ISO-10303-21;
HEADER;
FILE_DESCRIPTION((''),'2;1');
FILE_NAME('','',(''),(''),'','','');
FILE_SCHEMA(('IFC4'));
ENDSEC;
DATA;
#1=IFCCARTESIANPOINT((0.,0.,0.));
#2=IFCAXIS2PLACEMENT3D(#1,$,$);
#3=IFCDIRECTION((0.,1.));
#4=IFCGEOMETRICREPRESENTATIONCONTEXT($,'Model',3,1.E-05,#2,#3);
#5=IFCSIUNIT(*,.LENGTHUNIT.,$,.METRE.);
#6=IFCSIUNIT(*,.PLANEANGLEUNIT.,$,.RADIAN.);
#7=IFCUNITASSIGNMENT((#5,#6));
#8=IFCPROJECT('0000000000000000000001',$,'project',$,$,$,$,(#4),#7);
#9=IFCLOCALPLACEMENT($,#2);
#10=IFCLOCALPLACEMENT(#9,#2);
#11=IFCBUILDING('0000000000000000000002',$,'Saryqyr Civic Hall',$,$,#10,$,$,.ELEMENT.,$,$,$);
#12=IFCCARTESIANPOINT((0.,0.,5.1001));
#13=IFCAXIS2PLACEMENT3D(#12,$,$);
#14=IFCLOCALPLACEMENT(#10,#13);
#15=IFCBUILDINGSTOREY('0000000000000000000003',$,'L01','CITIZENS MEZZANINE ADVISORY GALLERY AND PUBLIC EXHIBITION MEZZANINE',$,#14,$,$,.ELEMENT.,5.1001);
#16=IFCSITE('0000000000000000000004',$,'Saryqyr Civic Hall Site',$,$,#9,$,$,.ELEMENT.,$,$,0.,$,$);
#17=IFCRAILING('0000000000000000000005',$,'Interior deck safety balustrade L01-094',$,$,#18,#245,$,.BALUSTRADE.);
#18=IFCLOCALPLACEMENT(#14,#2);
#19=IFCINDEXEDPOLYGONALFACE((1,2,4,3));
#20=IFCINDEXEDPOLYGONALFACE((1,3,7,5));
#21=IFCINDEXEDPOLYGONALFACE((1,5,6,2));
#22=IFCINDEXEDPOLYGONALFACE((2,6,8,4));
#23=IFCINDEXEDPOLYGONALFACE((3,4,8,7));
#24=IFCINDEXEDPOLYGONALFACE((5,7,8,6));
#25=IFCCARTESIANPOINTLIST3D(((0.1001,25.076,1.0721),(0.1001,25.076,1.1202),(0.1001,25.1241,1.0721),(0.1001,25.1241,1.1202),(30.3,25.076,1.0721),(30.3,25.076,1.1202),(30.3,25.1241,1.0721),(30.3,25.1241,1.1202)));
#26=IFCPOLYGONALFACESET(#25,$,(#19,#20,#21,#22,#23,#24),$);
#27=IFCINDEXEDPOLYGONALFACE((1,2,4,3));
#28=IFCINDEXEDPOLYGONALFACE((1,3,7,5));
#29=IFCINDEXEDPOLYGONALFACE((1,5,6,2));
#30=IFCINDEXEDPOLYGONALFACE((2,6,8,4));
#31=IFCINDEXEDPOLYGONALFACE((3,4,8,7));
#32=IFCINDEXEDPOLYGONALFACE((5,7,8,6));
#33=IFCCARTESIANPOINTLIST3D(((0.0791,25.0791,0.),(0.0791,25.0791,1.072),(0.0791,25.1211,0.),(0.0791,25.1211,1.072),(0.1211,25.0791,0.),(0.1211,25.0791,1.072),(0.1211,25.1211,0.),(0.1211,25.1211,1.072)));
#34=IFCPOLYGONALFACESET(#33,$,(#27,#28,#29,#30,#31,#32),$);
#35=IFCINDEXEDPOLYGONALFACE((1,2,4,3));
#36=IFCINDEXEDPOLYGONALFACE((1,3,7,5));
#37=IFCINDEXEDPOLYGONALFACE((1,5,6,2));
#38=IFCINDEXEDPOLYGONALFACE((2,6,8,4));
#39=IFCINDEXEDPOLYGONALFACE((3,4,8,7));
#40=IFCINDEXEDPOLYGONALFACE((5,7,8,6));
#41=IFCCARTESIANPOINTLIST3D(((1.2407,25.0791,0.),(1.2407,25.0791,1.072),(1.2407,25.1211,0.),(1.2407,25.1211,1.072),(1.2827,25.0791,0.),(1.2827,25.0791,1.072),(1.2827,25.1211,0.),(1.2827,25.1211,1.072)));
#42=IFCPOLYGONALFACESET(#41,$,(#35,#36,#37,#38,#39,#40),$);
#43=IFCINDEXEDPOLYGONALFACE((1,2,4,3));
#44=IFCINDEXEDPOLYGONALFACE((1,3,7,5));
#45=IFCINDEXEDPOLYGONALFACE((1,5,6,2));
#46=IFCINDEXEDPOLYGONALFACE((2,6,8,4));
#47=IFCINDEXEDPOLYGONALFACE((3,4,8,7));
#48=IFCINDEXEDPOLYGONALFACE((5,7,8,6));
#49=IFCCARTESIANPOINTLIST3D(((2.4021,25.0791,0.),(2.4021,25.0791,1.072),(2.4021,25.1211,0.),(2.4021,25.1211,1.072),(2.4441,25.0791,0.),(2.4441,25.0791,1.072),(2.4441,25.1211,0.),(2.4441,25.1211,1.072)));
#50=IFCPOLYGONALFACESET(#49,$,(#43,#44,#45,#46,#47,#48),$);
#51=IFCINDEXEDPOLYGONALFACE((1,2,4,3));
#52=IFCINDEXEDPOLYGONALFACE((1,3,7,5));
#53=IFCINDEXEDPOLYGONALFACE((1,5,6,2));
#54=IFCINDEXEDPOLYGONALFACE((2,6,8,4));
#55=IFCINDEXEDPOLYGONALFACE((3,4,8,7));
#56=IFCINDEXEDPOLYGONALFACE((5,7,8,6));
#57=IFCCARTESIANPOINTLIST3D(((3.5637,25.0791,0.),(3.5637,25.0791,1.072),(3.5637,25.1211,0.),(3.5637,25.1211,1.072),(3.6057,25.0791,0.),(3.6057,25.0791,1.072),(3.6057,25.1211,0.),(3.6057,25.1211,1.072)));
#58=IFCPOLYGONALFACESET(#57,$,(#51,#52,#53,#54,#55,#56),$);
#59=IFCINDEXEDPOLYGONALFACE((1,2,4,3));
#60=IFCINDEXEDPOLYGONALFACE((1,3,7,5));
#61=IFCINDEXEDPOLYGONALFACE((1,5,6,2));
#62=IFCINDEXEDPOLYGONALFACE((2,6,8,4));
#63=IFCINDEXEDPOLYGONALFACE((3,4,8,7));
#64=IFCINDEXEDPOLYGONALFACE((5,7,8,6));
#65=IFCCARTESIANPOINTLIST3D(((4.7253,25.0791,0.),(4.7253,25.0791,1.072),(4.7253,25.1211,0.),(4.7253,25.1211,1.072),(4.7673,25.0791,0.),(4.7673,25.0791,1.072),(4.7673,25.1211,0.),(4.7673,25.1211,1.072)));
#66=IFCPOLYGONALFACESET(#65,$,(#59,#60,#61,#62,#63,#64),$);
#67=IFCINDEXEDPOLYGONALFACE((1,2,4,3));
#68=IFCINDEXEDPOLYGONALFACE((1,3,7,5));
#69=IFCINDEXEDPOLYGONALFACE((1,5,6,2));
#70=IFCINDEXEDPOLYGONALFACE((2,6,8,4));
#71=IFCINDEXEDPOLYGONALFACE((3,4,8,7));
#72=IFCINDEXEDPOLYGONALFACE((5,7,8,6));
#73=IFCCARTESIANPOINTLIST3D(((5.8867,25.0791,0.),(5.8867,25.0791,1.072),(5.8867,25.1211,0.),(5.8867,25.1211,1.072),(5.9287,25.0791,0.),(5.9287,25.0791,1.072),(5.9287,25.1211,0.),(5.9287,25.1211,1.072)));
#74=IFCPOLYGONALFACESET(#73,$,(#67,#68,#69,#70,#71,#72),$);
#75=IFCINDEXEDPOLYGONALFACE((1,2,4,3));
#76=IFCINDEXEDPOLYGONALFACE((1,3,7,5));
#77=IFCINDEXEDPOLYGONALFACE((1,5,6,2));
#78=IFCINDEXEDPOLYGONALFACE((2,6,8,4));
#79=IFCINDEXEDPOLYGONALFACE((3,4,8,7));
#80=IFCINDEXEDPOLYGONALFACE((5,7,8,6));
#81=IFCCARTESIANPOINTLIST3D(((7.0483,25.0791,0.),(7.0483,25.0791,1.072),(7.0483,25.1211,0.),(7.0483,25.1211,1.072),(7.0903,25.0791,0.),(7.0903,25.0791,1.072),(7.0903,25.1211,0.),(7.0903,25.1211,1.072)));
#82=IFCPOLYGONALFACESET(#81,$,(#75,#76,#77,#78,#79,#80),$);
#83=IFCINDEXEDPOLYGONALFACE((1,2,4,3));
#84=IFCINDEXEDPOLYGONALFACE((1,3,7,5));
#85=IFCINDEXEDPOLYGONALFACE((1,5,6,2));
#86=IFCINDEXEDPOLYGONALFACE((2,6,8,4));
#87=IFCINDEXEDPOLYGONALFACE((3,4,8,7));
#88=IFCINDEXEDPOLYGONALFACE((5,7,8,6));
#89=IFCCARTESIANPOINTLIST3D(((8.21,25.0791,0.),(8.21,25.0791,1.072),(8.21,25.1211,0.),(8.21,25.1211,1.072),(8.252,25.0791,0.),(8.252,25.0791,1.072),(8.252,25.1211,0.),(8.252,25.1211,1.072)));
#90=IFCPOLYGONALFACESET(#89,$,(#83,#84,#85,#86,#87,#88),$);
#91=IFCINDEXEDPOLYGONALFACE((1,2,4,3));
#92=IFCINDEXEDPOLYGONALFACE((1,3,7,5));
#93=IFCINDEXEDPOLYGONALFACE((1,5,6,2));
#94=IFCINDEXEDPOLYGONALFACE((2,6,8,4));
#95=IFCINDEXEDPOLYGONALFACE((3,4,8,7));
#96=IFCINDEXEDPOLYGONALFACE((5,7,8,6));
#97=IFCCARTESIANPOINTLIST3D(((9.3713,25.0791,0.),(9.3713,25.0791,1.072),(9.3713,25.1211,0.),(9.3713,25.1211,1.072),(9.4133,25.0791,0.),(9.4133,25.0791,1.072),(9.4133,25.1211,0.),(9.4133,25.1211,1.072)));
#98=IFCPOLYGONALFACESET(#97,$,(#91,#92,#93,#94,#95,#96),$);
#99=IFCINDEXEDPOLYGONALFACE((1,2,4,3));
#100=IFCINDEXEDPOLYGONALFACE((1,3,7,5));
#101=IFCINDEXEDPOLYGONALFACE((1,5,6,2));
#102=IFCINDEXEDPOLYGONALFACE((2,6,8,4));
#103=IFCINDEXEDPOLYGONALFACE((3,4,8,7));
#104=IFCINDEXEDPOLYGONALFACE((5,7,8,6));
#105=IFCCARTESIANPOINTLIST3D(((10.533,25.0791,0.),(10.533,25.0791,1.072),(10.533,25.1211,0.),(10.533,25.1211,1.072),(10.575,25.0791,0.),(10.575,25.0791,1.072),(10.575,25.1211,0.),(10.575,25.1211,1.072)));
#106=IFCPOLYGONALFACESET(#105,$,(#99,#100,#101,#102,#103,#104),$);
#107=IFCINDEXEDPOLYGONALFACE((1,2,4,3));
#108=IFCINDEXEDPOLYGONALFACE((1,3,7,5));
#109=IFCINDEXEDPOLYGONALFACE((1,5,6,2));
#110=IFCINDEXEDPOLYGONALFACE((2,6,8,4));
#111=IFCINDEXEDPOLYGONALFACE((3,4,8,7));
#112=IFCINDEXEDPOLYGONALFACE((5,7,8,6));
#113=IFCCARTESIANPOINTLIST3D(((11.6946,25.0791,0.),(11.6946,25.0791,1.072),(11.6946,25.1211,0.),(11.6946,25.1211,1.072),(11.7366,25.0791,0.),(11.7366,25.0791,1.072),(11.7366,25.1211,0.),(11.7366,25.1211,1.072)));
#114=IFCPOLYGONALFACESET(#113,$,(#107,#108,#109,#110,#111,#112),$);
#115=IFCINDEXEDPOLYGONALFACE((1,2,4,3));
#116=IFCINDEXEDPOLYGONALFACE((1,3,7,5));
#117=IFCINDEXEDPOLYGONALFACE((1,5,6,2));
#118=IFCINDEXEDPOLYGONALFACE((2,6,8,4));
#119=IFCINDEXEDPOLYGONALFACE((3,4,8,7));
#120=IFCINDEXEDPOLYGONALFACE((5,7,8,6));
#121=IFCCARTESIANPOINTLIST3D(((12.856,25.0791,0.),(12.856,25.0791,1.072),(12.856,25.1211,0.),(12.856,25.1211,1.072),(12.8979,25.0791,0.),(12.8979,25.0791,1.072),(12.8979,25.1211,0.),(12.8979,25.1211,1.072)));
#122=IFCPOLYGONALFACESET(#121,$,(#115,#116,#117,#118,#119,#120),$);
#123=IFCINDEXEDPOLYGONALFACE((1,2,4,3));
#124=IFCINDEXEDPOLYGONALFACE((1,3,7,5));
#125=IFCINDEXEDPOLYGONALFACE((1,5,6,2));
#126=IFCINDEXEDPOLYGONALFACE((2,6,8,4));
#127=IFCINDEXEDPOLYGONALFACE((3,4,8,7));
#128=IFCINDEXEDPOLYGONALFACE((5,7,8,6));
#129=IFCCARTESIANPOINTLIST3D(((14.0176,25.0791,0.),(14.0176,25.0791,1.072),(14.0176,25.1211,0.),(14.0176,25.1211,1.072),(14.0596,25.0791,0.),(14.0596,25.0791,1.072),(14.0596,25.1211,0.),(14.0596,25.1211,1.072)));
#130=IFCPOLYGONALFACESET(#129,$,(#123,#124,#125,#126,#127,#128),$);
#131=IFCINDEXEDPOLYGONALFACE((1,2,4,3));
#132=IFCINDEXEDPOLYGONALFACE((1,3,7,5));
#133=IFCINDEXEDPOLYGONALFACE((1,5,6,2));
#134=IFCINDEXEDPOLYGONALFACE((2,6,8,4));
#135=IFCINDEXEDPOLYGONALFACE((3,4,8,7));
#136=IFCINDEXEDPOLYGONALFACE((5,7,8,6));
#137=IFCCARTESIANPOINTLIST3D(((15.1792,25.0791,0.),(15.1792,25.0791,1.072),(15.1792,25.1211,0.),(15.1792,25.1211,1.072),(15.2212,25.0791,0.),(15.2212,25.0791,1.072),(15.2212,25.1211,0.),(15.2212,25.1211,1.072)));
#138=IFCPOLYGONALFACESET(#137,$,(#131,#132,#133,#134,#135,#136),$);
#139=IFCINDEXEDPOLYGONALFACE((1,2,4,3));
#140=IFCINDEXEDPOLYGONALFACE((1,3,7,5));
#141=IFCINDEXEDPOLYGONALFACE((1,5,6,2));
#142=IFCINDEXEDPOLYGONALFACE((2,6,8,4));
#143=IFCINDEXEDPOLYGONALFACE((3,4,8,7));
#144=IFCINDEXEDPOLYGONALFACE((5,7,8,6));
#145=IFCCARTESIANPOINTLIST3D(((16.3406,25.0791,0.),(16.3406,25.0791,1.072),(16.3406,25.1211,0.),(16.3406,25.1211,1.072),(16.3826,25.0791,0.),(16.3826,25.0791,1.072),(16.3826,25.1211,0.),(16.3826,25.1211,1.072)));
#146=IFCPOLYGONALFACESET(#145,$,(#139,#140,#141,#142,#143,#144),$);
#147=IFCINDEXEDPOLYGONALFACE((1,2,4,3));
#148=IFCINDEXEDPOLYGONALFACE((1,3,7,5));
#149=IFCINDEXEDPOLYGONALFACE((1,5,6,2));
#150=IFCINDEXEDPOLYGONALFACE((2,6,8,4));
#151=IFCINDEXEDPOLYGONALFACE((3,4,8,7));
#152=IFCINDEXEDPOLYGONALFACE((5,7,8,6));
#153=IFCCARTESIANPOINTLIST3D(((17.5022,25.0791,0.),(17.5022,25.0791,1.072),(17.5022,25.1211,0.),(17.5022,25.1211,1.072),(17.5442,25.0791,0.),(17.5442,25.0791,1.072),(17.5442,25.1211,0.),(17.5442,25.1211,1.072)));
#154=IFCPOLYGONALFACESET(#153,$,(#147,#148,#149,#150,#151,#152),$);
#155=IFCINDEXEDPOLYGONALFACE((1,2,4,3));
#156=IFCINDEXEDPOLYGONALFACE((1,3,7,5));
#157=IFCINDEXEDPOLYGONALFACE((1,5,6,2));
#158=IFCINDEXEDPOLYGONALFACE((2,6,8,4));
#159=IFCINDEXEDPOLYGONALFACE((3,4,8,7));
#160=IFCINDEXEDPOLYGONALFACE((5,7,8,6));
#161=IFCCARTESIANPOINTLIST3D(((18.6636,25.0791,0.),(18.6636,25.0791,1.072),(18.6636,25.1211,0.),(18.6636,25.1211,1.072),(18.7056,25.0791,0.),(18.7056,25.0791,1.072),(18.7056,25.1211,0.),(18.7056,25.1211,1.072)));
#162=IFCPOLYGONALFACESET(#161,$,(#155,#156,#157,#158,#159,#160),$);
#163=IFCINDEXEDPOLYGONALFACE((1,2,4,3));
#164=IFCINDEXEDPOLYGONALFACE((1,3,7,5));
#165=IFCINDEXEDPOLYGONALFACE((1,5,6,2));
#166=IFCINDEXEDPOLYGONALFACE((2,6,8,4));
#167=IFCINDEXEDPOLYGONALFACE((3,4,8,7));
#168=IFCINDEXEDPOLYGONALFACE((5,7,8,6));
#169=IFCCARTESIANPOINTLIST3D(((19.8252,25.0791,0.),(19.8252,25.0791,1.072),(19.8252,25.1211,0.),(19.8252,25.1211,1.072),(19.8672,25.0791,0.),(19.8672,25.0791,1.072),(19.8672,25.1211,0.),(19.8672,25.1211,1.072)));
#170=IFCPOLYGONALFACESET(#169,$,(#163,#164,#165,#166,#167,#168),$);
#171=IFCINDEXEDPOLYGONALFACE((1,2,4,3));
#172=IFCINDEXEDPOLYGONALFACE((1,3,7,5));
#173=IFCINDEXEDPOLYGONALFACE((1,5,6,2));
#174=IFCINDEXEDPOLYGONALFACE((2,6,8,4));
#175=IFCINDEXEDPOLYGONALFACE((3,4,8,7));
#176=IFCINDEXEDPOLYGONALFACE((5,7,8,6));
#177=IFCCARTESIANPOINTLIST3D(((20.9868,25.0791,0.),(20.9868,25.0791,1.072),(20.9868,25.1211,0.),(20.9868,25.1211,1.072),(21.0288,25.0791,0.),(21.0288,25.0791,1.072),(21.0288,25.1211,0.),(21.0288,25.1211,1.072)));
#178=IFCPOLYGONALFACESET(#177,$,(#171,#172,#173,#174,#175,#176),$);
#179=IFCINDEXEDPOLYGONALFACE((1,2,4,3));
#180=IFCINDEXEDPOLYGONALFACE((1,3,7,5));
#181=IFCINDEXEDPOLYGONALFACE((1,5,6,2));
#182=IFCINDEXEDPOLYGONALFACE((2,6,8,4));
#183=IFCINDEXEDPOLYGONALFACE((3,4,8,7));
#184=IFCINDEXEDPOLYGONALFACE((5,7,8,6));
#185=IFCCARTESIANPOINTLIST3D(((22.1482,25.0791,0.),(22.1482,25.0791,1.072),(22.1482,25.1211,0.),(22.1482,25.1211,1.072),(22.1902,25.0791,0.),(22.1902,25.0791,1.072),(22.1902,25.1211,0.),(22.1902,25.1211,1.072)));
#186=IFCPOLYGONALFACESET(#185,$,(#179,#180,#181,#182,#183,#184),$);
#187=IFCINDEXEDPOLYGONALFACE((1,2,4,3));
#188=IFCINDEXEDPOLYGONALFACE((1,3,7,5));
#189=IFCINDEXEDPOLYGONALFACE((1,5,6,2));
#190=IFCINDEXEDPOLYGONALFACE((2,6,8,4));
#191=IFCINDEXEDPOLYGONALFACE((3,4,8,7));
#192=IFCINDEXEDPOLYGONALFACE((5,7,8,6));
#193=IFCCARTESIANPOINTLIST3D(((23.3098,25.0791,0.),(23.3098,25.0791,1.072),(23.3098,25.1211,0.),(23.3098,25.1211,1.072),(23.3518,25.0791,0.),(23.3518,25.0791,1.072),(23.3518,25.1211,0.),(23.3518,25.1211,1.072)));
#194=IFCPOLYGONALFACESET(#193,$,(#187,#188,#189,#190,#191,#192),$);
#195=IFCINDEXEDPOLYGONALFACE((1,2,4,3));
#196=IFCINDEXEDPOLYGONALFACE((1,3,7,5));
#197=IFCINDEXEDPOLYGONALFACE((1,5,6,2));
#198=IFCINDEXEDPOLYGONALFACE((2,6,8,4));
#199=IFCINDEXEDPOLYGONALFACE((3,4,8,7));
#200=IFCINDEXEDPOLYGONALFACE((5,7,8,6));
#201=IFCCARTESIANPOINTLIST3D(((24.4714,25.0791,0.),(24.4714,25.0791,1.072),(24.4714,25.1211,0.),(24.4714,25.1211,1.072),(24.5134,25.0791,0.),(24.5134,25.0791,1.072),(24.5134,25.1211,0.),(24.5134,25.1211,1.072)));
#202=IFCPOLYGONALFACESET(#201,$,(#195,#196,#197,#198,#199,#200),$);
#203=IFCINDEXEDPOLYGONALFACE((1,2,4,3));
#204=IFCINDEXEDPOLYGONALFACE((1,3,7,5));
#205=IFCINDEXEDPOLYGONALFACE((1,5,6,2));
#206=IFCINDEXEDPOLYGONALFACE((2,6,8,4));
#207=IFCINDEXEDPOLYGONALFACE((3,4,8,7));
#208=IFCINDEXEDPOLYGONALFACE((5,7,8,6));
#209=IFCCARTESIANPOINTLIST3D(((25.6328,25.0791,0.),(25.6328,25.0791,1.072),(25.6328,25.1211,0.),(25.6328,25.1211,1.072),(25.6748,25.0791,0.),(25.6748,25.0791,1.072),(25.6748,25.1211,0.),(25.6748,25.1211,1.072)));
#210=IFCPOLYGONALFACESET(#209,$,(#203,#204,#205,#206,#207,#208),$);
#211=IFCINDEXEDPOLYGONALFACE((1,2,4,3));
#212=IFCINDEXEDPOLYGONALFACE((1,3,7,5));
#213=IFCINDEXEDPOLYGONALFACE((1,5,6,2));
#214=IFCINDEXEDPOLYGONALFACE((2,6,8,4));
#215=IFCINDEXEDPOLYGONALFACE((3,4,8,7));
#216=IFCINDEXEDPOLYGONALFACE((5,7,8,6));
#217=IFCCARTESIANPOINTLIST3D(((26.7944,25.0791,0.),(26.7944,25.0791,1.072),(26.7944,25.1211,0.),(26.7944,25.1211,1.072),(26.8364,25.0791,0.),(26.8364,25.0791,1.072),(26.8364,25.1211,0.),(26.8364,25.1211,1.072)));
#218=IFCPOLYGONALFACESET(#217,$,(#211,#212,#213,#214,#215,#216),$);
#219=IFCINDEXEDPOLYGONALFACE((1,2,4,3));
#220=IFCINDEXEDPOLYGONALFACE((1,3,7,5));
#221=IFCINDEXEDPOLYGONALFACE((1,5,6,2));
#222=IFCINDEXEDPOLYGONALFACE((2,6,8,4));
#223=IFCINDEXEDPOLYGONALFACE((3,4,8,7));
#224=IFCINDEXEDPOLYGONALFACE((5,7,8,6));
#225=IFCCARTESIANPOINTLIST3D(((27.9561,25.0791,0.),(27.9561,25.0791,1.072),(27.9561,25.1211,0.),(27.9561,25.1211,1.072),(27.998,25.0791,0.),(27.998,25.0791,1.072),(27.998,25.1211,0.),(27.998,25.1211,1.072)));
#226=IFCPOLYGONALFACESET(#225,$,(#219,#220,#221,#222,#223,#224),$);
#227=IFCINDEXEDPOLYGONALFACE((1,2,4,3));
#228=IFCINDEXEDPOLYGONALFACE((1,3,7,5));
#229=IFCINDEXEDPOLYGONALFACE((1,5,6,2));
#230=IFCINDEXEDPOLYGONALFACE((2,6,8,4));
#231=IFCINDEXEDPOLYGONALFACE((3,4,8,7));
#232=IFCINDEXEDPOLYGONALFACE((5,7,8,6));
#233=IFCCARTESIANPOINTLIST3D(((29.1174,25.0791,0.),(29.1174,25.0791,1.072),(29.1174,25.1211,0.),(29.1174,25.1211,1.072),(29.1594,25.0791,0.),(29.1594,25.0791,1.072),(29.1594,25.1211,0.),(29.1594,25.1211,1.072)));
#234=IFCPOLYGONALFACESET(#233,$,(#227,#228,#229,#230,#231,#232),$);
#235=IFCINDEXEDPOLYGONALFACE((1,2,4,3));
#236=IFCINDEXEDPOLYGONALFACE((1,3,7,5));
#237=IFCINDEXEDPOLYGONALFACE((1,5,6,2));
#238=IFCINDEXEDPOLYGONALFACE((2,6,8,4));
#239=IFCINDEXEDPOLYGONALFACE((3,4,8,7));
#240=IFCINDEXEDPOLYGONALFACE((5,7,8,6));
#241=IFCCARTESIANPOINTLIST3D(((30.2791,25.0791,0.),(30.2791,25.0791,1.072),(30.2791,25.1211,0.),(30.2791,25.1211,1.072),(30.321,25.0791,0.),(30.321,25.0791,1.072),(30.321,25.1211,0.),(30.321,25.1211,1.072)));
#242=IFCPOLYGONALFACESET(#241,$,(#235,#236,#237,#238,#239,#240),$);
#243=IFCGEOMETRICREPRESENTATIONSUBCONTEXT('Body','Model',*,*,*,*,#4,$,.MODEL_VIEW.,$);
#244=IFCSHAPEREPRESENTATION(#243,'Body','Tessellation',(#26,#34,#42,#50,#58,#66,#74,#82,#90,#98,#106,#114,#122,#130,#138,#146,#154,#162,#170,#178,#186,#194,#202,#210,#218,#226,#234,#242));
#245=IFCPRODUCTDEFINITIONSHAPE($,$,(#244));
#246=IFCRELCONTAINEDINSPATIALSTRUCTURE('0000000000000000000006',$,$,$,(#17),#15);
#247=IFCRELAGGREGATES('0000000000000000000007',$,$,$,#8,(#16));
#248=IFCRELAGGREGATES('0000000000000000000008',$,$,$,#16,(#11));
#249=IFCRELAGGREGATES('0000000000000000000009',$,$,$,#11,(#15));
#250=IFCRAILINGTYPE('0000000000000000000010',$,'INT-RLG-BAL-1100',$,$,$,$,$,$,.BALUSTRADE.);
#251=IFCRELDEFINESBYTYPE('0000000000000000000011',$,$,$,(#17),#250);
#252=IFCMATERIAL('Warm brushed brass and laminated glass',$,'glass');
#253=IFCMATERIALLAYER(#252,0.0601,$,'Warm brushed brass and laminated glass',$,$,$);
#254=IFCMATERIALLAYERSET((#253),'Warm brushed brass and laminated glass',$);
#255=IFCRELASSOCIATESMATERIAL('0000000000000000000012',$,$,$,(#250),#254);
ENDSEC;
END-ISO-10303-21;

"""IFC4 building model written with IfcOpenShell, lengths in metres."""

from ifc_helpers import new_model, si_unit, direction, frame, origin, origin_2d, place, context, subcontext, project, spatial, rectangle, extrude, material, layer, layer_set, type_object, element, save


model = new_model("IFC4")

# Units and contexts
model_context = context("Model", 3, precision=1e-05, world=origin(), true_north=direction((0.0, 1.0)))
body_context = subcontext(model_context, "Body", "Model", "MODEL_VIEW")
ifc_project = project(units=[si_unit("LENGTHUNIT", "METRE"), si_unit("PLANEANGLEUNIT", "RADIAN")], contexts=[model_context])

# Site, building, storey
site_placement = place(None, origin())
site = spatial("IfcSite", under=ifc_project, at=site_placement, Name="Saryqyr Civic Hall Site", CompositionType="ELEMENT", RefElevation=0.0)
building_placement = place(site_placement, origin())
building = spatial("IfcBuilding", under=site, at=building_placement, Name="Saryqyr Civic Hall", CompositionType="ELEMENT")
storey_placement = place(building_placement, frame((0.0, 0.0, 5.1001)))
storey = spatial("IfcBuildingStorey", under=building, at=storey_placement, Name="L01", Description="CITIZENS MEZZANINE ADVISORY GALLERY AND PUBLIC EXHIBITION MEZZANINE", CompositionType="ELEMENT", Elevation=5.1001)

# Railing
ifc_material_1 = material(Name="Warm brushed brass and laminated glass", Category="glass")
ifc_layer_1 = layer(ifc_material_1, 0.0601, Name="Warm brushed brass and laminated glass")
ifc_layer_set_1 = layer_set([ifc_layer_1], Name="Warm brushed brass and laminated glass")
railing_type = type_object("IfcRailingType", Name="INT-RLG-BAL-1100", PredefinedType="BALUSTRADE", material=ifc_layer_set_1)
railing_placement = place(storey_placement, frame((0.1001, 25.1001, 0.0)))
element("IfcRailing", 1, at=railing_placement, inside=storey, type_object=railing_type, Name="Interior deck safety balustrade L01-094", PredefinedType="BALUSTRADE", context=body_context, shape_type="SweptSolid", body=[
    extrude(rectangle(XDim=0.0481, YDim=0.0481, at=origin_2d()), frame((0.0, 0.0, 1.0962), z_axis=(1.0, 0.0, 0.0), x_axis=(0.0, 1.0, 0.0)), (0.0, 0.0, 1.0), 30.2),
    extrude(rectangle(XDim=0.042, YDim=0.042, at=origin_2d()), origin(), (0.0, 0.0, 1.0), 1.072),
    extrude(rectangle(XDim=0.042, YDim=0.042, at=origin_2d()), frame((1.1616, 0.0, 0.0)), (0.0, 0.0, 1.0), 1.072),
    extrude(rectangle(XDim=0.042, YDim=0.042, at=origin_2d()), frame((2.323, 0.0, 0.0)), (0.0, 0.0, 1.0), 1.072),
    extrude(rectangle(XDim=0.042, YDim=0.042, at=origin_2d()), frame((3.4846, 0.0, 0.0)), (0.0, 0.0, 1.0), 1.072),
    extrude(rectangle(XDim=0.042, YDim=0.042, at=origin_2d()), frame((4.6462, 0.0, 0.0)), (0.0, 0.0, 1.0), 1.072),
    extrude(rectangle(XDim=0.042, YDim=0.042, at=origin_2d()), frame((5.8076, 0.0, 0.0)), (0.0, 0.0, 1.0), 1.072),
    extrude(rectangle(XDim=0.042, YDim=0.042, at=origin_2d()), frame((6.9692, 0.0, 0.0)), (0.0, 0.0, 1.0), 1.072),
    extrude(rectangle(XDim=0.042, YDim=0.042, at=origin_2d()), frame((8.1309, 0.0, 0.0)), (0.0, 0.0, 1.0), 1.072),
    extrude(rectangle(XDim=0.042, YDim=0.042, at=origin_2d()), frame((9.2922, 0.0, 0.0)), (0.0, 0.0, 1.0), 1.072),
    extrude(rectangle(XDim=0.042, YDim=0.042, at=origin_2d()), frame((10.4539, 0.0, 0.0)), (0.0, 0.0, 1.0), 1.072),
    extrude(rectangle(XDim=0.042, YDim=0.042, at=origin_2d()), frame((11.6155, 0.0, 0.0)), (0.0, 0.0, 1.0), 1.072),
    extrude(rectangle(XDim=0.042, YDim=0.042, at=origin_2d()), frame((12.7769, 0.0, 0.0)), (0.0, 0.0, 1.0), 1.072),
    extrude(rectangle(XDim=0.042, YDim=0.042, at=origin_2d()), frame((13.9385, 0.0, 0.0)), (0.0, 0.0, 1.0), 1.072),
    extrude(rectangle(XDim=0.042, YDim=0.042, at=origin_2d()), frame((15.1001, 0.0, 0.0)), (0.0, 0.0, 1.0), 1.072),
    extrude(rectangle(XDim=0.042, YDim=0.042, at=origin_2d()), frame((16.2615, 0.0, 0.0)), (0.0, 0.0, 1.0), 1.072),
    extrude(rectangle(XDim=0.042, YDim=0.042, at=origin_2d()), frame((17.4231, 0.0, 0.0)), (0.0, 0.0, 1.0), 1.072),
    extrude(rectangle(XDim=0.042, YDim=0.042, at=origin_2d()), frame((18.5845, 0.0, 0.0)), (0.0, 0.0, 1.0), 1.072),
    extrude(rectangle(XDim=0.042, YDim=0.042, at=origin_2d()), frame((19.7461, 0.0, 0.0)), (0.0, 0.0, 1.0), 1.072),
    extrude(rectangle(XDim=0.042, YDim=0.042, at=origin_2d()), frame((20.9077, 0.0, 0.0)), (0.0, 0.0, 1.0), 1.072),
    extrude(rectangle(XDim=0.042, YDim=0.042, at=origin_2d()), frame((22.0691, 0.0, 0.0)), (0.0, 0.0, 1.0), 1.072),
    extrude(rectangle(XDim=0.042, YDim=0.042, at=origin_2d()), frame((23.2307, 0.0, 0.0)), (0.0, 0.0, 1.0), 1.072),
    extrude(rectangle(XDim=0.042, YDim=0.042, at=origin_2d()), frame((24.3923, 0.0, 0.0)), (0.0, 0.0, 1.0), 1.072),
    extrude(rectangle(XDim=0.042, YDim=0.042, at=origin_2d()), frame((25.5537, 0.0, 0.0)), (0.0, 0.0, 1.0), 1.072),
    extrude(rectangle(XDim=0.042, YDim=0.042, at=origin_2d()), frame((26.7153, 0.0, 0.0)), (0.0, 0.0, 1.0), 1.072),
    extrude(rectangle(XDim=0.042, YDim=0.042, at=origin_2d()), frame((27.877, 0.0, 0.0)), (0.0, 0.0, 1.0), 1.072),
    extrude(rectangle(XDim=0.042, YDim=0.042, at=origin_2d()), frame((29.0383, 0.0, 0.0)), (0.0, 0.0, 1.0), 1.072),
    extrude(rectangle(XDim=0.042, YDim=0.042, at=origin_2d()), frame((30.2, 0.0, 0.0)), (0.0, 0.0, 1.0), 1.072),
])

save(model, "model.ifc")
